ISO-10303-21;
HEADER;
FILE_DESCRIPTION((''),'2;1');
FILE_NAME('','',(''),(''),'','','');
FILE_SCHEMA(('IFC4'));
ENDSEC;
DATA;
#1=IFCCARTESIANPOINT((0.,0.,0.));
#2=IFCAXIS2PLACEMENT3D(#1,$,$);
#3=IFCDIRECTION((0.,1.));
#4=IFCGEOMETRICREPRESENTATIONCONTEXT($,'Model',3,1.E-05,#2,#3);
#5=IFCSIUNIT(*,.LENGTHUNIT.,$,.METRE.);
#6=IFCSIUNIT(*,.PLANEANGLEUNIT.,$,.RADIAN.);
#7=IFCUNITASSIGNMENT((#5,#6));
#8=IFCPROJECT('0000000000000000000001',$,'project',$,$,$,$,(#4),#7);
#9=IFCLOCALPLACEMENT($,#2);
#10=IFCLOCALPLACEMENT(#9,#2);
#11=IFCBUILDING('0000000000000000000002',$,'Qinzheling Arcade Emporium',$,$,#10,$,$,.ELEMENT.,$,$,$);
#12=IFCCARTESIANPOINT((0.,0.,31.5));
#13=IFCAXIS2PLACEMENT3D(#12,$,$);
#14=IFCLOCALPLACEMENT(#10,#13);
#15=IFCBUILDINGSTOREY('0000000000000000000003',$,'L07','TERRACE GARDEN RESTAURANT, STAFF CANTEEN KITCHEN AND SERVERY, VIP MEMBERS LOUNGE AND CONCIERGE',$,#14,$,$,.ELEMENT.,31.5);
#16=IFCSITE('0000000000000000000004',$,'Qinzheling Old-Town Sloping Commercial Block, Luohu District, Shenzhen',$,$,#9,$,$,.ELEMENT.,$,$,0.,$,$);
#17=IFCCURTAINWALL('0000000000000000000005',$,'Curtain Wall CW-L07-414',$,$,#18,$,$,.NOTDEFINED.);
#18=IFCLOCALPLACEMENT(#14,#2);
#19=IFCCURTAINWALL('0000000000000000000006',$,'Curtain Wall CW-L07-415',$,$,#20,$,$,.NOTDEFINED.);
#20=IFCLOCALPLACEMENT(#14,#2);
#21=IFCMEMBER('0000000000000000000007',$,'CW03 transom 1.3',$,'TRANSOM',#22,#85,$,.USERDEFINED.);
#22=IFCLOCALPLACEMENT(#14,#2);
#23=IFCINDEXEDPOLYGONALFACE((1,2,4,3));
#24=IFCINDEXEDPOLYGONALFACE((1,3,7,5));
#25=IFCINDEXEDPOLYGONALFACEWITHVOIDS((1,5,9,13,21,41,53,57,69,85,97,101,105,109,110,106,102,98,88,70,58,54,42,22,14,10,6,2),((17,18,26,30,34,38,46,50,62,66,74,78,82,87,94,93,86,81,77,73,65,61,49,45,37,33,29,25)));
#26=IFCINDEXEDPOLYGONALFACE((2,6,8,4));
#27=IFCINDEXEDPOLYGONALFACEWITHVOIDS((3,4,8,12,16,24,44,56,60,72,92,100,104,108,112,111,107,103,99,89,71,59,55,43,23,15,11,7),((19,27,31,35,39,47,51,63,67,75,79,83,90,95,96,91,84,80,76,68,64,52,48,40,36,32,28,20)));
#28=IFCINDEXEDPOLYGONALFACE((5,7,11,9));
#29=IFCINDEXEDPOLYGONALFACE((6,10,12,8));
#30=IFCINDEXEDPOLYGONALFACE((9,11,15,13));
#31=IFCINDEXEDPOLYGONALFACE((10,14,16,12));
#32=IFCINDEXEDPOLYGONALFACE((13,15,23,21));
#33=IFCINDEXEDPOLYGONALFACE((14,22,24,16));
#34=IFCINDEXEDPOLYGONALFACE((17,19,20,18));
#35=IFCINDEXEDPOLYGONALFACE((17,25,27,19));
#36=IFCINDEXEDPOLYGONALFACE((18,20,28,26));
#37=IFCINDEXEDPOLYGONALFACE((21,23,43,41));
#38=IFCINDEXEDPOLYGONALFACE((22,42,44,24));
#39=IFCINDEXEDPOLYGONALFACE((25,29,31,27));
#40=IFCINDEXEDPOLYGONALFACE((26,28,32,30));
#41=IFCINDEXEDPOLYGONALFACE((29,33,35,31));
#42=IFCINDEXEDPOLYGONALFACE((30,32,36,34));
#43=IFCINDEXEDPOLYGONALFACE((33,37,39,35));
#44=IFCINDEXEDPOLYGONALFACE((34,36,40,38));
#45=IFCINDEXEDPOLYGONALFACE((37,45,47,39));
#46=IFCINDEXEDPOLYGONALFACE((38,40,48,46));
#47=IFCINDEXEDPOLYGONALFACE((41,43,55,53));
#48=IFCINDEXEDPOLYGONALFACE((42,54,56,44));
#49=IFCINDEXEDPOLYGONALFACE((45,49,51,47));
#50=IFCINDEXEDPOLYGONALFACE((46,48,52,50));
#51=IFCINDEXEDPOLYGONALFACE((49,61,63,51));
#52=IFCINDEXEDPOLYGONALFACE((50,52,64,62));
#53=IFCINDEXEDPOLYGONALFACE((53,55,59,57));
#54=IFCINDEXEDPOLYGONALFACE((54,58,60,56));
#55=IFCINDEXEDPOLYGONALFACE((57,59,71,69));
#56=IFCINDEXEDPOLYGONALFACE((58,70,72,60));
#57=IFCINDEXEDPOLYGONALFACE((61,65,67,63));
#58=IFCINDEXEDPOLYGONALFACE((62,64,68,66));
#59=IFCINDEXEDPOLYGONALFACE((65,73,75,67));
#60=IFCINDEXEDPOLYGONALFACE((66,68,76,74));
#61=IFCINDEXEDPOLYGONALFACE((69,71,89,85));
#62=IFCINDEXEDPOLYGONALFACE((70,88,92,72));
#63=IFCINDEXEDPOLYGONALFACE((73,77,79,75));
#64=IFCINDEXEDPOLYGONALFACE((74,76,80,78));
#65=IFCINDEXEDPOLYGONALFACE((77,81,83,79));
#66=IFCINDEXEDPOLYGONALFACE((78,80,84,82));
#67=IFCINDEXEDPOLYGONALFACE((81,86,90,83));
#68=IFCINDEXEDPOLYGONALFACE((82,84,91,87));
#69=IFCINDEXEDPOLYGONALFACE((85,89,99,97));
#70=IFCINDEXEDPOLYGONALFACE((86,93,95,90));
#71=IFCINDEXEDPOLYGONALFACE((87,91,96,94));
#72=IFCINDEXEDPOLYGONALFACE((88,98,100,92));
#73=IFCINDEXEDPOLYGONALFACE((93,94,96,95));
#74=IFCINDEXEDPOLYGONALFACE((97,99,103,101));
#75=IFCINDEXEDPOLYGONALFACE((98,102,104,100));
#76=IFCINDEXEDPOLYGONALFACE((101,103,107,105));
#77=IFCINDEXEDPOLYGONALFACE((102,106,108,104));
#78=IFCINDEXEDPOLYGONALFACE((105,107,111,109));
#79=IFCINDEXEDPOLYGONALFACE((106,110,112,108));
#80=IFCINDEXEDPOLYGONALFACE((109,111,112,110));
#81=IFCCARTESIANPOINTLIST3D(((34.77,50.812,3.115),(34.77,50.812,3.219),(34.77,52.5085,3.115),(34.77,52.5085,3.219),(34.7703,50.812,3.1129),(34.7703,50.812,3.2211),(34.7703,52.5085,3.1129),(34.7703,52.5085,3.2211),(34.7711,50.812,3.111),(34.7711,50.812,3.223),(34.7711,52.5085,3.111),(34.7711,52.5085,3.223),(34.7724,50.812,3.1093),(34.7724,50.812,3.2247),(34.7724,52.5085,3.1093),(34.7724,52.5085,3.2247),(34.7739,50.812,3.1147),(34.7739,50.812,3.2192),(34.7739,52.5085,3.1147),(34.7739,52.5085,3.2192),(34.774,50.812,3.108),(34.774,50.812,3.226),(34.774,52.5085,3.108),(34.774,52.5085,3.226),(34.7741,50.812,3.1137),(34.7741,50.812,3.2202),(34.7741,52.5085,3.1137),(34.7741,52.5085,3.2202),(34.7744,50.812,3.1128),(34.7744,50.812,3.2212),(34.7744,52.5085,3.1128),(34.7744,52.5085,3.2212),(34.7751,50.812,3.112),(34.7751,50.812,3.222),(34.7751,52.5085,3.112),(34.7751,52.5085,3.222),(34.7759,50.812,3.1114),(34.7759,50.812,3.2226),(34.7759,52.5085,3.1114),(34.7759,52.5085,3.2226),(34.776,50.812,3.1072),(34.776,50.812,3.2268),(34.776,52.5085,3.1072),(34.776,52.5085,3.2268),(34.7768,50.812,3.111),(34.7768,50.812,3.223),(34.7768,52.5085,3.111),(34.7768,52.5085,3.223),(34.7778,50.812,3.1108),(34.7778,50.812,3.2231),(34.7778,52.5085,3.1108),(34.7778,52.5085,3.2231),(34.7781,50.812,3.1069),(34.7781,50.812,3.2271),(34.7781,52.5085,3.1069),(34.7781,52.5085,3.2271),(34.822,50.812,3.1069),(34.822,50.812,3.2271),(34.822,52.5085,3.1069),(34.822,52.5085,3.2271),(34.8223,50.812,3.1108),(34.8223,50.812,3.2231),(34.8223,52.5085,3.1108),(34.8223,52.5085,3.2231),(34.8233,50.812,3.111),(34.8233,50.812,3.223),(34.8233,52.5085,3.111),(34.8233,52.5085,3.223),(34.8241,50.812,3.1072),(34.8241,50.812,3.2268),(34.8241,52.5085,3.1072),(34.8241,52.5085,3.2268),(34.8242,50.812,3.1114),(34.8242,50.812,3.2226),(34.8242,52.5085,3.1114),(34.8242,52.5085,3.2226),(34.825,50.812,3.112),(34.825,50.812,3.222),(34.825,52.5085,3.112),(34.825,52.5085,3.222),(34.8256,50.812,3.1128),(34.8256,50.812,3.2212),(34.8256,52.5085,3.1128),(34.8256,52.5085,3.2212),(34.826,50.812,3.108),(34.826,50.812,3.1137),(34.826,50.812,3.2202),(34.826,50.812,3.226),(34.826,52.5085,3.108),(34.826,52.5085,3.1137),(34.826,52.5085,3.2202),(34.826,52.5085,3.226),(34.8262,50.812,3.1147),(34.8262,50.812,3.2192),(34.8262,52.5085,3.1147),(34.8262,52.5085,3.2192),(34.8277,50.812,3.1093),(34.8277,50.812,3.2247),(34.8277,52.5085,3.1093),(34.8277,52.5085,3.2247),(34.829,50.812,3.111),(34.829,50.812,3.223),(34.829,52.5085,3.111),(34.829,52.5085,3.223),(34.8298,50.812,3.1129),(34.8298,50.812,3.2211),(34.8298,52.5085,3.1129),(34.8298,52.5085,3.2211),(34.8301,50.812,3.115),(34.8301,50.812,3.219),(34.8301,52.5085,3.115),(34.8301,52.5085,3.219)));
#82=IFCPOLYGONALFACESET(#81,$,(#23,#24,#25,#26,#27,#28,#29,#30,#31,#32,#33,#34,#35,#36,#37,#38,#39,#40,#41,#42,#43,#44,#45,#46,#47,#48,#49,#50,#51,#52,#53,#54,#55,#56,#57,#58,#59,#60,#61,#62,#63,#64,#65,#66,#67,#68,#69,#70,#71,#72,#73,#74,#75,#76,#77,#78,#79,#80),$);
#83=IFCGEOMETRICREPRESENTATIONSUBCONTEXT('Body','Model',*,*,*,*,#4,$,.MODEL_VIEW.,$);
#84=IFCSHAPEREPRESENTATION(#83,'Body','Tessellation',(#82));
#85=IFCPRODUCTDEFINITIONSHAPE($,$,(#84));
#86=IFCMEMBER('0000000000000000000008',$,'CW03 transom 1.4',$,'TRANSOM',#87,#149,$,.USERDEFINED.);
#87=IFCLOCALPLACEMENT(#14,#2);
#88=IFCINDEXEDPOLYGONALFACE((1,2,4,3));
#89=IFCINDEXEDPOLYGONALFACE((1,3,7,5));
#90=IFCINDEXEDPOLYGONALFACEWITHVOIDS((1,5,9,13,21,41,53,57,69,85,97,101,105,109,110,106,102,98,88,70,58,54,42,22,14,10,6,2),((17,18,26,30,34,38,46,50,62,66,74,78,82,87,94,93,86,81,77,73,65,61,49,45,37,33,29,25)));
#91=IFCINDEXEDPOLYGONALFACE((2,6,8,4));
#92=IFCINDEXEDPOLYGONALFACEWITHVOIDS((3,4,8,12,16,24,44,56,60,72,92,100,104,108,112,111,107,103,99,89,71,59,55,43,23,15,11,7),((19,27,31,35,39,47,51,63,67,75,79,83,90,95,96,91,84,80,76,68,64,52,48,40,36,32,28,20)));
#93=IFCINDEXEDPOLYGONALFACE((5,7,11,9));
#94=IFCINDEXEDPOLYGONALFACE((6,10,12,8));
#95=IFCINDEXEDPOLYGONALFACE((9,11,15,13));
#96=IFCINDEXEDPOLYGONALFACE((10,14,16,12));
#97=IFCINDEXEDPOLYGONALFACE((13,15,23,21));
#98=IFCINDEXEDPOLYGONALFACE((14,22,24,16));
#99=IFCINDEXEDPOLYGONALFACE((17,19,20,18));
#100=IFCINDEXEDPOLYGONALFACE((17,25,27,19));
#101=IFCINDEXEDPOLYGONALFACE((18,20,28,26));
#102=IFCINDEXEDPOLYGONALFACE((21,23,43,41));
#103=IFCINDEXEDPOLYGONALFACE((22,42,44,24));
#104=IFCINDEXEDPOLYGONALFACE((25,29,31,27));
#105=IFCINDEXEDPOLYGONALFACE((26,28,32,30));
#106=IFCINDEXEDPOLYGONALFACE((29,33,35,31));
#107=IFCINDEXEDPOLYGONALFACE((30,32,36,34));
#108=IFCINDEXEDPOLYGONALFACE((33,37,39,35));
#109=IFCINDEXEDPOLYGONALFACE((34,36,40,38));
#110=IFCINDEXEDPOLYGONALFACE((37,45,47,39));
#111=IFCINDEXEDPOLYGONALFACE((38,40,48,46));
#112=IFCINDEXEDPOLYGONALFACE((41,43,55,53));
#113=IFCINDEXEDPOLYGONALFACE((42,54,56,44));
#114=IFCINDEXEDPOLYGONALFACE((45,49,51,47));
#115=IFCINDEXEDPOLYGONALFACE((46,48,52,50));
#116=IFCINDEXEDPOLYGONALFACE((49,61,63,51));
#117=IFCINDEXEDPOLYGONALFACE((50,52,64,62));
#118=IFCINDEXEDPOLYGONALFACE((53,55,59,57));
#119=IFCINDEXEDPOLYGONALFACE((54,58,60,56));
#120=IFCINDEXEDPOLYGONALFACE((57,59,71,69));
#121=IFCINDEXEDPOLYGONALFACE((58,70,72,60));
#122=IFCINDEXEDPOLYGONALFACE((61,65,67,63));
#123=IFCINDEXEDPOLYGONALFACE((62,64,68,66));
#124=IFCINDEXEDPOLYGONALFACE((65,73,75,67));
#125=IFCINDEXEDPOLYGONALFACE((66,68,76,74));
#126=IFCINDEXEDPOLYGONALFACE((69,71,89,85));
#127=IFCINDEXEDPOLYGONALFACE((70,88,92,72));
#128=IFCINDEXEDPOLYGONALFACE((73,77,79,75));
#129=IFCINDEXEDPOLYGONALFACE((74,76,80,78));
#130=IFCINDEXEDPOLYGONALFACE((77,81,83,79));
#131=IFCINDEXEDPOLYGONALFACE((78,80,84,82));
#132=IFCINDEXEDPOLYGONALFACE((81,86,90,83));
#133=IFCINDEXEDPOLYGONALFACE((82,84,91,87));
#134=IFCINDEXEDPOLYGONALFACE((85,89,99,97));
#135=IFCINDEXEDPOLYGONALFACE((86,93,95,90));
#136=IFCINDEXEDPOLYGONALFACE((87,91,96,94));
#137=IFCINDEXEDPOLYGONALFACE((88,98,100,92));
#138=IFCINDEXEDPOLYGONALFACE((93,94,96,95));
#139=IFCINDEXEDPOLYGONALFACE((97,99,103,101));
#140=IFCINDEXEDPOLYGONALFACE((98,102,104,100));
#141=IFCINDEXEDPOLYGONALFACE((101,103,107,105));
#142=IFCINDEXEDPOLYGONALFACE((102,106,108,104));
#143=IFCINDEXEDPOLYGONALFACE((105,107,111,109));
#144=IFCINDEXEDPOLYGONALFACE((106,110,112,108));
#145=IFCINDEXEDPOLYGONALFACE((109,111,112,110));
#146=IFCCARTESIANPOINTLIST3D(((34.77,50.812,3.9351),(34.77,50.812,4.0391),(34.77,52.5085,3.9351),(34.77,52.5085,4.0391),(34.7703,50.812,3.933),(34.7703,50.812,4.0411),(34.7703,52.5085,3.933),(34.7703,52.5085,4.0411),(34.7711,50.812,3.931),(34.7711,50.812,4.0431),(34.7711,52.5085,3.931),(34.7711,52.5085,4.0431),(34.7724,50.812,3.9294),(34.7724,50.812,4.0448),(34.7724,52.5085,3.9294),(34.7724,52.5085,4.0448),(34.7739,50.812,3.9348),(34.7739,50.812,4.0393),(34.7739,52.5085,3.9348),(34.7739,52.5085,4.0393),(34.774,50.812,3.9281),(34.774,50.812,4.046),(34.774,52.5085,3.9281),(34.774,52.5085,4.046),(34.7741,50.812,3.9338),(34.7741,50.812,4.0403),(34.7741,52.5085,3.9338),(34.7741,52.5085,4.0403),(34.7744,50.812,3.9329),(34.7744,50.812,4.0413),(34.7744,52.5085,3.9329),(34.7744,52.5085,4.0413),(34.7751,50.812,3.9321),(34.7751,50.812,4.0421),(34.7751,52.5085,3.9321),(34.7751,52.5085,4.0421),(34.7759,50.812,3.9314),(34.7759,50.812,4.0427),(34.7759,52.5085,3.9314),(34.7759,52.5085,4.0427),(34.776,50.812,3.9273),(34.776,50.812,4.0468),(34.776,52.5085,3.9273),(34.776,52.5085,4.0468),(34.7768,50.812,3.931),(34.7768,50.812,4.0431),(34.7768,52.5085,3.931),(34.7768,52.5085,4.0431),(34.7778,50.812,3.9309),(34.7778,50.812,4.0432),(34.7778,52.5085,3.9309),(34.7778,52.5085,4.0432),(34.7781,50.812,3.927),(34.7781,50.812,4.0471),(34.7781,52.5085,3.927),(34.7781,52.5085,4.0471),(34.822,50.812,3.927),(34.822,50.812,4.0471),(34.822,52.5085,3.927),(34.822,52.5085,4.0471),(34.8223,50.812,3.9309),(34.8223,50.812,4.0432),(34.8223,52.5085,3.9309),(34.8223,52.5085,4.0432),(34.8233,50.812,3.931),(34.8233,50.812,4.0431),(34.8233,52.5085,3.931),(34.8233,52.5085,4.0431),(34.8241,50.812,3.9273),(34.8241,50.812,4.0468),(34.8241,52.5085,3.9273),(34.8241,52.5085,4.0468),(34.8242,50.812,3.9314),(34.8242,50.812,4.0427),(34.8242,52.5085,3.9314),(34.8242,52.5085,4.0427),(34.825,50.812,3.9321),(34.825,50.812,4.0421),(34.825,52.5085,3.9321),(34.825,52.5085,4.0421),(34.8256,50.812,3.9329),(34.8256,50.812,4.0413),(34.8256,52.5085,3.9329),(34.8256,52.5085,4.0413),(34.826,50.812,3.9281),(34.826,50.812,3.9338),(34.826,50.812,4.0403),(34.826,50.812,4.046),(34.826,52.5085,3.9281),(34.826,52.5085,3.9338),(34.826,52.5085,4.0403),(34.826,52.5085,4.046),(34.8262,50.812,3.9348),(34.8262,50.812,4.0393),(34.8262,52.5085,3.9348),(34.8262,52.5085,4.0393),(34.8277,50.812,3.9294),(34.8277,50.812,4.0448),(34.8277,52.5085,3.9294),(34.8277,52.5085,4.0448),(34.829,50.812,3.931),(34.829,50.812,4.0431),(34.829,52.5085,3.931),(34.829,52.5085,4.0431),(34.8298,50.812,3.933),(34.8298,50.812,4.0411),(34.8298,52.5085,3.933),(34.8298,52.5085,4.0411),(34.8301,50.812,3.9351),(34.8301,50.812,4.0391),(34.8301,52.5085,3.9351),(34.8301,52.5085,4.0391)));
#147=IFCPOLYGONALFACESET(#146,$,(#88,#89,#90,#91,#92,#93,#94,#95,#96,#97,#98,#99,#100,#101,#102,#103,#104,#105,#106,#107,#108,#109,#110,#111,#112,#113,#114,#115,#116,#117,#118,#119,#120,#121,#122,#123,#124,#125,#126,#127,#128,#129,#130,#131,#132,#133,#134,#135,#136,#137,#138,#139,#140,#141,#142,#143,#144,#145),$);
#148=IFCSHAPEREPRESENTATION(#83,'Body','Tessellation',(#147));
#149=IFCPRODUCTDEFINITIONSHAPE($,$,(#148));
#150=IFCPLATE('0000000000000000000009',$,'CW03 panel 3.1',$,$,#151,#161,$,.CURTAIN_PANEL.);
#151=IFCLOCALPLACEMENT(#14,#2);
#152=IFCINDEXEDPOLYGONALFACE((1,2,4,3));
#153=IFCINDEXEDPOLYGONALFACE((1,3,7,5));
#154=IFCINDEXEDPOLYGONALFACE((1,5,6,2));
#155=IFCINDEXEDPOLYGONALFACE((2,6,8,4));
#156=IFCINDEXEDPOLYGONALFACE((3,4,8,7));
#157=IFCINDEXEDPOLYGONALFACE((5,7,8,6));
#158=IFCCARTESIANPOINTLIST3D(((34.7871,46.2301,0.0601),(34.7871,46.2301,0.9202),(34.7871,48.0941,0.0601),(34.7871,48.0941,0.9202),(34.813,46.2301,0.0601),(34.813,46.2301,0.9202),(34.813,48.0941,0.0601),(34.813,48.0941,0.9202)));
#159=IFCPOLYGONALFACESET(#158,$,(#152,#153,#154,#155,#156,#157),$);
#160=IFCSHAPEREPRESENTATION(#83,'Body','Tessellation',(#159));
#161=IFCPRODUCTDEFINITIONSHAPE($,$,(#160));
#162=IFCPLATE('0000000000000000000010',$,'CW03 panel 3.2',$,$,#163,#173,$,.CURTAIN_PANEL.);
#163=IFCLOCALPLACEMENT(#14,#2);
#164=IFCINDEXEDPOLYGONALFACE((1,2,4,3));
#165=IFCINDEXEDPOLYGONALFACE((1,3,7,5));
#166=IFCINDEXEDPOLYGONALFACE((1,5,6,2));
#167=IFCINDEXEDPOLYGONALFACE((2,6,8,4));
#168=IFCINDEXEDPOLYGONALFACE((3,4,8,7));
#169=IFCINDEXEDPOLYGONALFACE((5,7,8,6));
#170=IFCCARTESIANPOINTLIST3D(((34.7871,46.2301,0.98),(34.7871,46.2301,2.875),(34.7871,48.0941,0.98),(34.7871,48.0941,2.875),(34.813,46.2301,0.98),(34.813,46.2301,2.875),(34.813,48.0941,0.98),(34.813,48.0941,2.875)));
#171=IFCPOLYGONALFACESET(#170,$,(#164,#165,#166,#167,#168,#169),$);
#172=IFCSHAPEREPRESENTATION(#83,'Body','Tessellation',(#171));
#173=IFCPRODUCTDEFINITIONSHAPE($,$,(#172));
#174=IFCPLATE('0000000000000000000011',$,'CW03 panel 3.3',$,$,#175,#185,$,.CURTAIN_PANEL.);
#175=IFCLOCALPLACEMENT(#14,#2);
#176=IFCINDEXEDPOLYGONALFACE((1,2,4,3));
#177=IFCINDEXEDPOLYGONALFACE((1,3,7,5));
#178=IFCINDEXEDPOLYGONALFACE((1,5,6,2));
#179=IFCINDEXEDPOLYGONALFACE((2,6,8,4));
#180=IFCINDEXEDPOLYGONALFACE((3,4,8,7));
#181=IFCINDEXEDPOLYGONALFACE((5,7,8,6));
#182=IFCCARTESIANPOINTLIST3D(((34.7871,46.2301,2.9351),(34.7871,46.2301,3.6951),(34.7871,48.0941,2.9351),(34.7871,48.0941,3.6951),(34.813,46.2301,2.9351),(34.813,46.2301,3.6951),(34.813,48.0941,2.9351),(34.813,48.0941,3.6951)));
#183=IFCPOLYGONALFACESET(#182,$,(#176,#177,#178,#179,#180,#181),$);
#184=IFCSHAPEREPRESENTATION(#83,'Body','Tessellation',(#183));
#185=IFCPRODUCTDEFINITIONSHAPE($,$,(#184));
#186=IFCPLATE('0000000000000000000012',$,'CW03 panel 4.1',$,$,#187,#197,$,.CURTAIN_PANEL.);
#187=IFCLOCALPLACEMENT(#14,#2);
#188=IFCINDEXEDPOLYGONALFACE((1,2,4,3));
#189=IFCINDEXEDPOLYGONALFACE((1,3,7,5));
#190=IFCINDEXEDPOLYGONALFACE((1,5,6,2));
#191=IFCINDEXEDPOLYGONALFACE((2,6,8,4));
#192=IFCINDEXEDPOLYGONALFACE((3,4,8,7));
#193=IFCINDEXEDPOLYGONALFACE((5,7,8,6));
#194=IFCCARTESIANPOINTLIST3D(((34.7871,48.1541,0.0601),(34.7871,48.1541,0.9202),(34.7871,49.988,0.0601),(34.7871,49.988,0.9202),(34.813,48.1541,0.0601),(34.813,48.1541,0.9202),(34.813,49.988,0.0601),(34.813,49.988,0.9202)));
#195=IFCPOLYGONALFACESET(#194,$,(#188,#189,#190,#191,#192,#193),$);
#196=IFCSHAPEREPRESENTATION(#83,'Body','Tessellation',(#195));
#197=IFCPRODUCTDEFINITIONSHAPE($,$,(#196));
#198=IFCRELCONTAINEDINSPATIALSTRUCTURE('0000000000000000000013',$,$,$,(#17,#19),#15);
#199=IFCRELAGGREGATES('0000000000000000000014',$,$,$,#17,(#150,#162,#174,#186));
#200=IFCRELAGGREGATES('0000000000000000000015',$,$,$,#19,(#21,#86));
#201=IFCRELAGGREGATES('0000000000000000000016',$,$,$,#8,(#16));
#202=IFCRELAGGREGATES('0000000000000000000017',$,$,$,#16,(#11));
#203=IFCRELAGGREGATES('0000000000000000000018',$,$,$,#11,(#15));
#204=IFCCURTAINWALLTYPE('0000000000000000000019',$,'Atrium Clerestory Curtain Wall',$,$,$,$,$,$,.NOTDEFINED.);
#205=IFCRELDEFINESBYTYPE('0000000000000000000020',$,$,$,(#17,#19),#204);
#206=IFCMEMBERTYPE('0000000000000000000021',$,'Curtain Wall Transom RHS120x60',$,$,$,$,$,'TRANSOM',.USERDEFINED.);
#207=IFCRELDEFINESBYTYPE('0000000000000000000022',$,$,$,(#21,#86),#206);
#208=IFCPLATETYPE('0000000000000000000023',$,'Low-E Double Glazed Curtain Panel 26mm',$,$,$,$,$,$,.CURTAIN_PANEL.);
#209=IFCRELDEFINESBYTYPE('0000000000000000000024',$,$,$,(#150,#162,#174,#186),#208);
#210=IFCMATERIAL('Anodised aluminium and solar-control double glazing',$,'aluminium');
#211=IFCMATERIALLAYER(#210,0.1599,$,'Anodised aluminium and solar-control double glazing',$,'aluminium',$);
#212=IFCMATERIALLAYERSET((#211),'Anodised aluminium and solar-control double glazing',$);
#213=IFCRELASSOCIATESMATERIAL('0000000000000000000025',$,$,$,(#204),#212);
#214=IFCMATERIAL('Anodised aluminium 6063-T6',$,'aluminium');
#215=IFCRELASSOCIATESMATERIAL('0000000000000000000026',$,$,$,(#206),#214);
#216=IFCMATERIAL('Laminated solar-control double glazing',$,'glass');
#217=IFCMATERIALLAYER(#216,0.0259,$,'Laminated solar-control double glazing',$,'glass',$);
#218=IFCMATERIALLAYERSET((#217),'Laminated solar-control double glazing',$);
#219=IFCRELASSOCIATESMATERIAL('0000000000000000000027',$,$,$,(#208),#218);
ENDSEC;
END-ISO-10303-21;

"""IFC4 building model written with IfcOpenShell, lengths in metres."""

from ifc_helpers import new_model, si_unit, direction, frame, origin, origin_2d, place, context, subcontext, project, spatial, rectangle, hollow_rectangle, extrude, material, layer, layer_set, material_profile, profile_set, type_object, element, aggregate, save


model = new_model("IFC4")

# Units and contexts
model_context = context("Model", 3, precision=1e-05, world=origin(), true_north=direction((0.0, 1.0)))
body_context = subcontext(model_context, "Body", "Model", "MODEL_VIEW")
ifc_project = project(units=[si_unit("LENGTHUNIT", "METRE"), si_unit("PLANEANGLEUNIT", "RADIAN")], contexts=[model_context])

# Site, building, storey
site_placement = place(None, origin())
site = spatial("IfcSite", under=ifc_project, at=site_placement, Name="Qinzheling Old-Town Sloping Commercial Block, Luohu District, Shenzhen", CompositionType="ELEMENT", RefElevation=0.0)
building_placement = place(site_placement, origin())
building = spatial("IfcBuilding", under=site, at=building_placement, Name="Qinzheling Arcade Emporium", CompositionType="ELEMENT")
storey_placement = place(building_placement, frame((0.0, 0.0, 31.5)))
storey = spatial("IfcBuildingStorey", under=building, at=storey_placement, Name="L07", Description="TERRACE GARDEN RESTAURANT, STAFF CANTEEN KITCHEN AND SERVERY, VIP MEMBERS LOUNGE AND CONCIERGE", CompositionType="ELEMENT", Elevation=31.5)

# Curtain wall
ifc_material_1 = material(Name="Anodised aluminium and solar-control double glazing", Category="aluminium")
ifc_layer_1 = layer(ifc_material_1, 0.1599, Name="Anodised aluminium and solar-control double glazing", Category="aluminium")
ifc_layer_set_1 = layer_set([ifc_layer_1], Name="Anodised aluminium and solar-control double glazing")
curtain_wall_type = type_object("IfcCurtainWallType", Name="Atrium Clerestory Curtain Wall", PredefinedType="NOTDEFINED", material=ifc_layer_set_1)
curtain_wall_1_placement = place(storey_placement, origin())
curtain_wall_1 = element("IfcCurtainWall", 1, at=curtain_wall_1_placement, inside=storey, type_object=curtain_wall_type, Name="Curtain Wall CW-L07-414", PredefinedType="NOTDEFINED")
ifc_material_2 = material(Name="Anodised aluminium 6063-T6", Category="aluminium")

# Curtain wall
curtain_wall_2_placement = place(storey_placement, origin())
curtain_wall_2 = element("IfcCurtainWall", 2, at=curtain_wall_2_placement, inside=storey, type_object=curtain_wall_type, Name="Curtain Wall CW-L07-415", PredefinedType="NOTDEFINED")

# Members
ifc_material_profile_1 = material_profile(ifc_material_2, hollow_rectangle(XDim=0.0601, YDim=0.1201, WallThickness=0.0039, InnerFilletRadius=0.0039, OuterFilletRadius=0.0081, at=origin_2d()), Name="RHS 120x60x4", Category="aluminium")
ifc_profile_set_1 = profile_set([ifc_material_profile_1], Name="Anodised aluminium 6063-T6")
member_type_1 = type_object("IfcMemberType", Name="Curtain Wall Transom RHS120x60", ElementType="TRANSOM", PredefinedType="USERDEFINED", material=ifc_profile_set_1)
member_1_placement = place(storey_placement, frame((34.8, 50.812, 3.167), z_axis=(0.0, 1.0, 0.0), x_axis=(-1.0, 0.0, 0.0)))
member_1 = element("IfcMember", 3, at=member_1_placement, type_object=member_type_1, Name="CW03 transom 1.3", ObjectType="TRANSOM", PredefinedType="USERDEFINED", context=body_context, shape_type="SweptSolid", body=[
    extrude(hollow_rectangle(XDim=0.0601, YDim=0.1201, WallThickness=0.0039, InnerFilletRadius=0.0039, OuterFilletRadius=0.0081, at=origin_2d()), origin(), (0.0, 0.0, 1.0), 1.6965),
])
member_2_placement = place(storey_placement, frame((34.8, 50.812, 3.9871), z_axis=(0.0, 1.0, 0.0), x_axis=(-1.0, 0.0, 0.0)))
member_2 = element("IfcMember", 4, at=member_2_placement, type_object=member_type_1, Name="CW03 transom 1.4", ObjectType="TRANSOM", PredefinedType="USERDEFINED", context=body_context, shape_type="SweptSolid", body=[
    extrude(hollow_rectangle(XDim=0.0601, YDim=0.1201, WallThickness=0.0039, InnerFilletRadius=0.0039, OuterFilletRadius=0.0081, at=origin_2d()), origin(), (0.0, 0.0, 1.0), 1.6965),
])

# Plates
ifc_material_3 = material(Name="Laminated solar-control double glazing", Category="glass")
ifc_layer_2 = layer(ifc_material_3, 0.0259, Name="Laminated solar-control double glazing", Category="glass")
ifc_layer_set_2 = layer_set([ifc_layer_2], Name="Laminated solar-control double glazing")
plate_type_1 = type_object("IfcPlateType", Name="Low-E Double Glazed Curtain Panel 26mm", PredefinedType="CURTAIN_PANEL", material=ifc_layer_set_2)
plate_1_placement = place(storey_placement, frame((34.8, 47.1621, 0.0601), z_axis=(0.0, 0.0, 1.0), x_axis=(0.0, 1.0, 0.0)))
plate_1 = element("IfcPlate", 5, at=plate_1_placement, type_object=plate_type_1, Name="CW03 panel 3.1", PredefinedType="CURTAIN_PANEL", context=body_context, shape_type="SweptSolid", body=[
    extrude(rectangle(XDim=1.864, YDim=0.0259, at=origin_2d()), origin(), (0.0, 0.0, 1.0), 0.8601),
])
plate_2_placement = place(storey_placement, frame((34.8, 47.1621, 0.98), z_axis=(0.0, 0.0, 1.0), x_axis=(0.0, 1.0, 0.0)))
plate_2 = element("IfcPlate", 6, at=plate_2_placement, type_object=plate_type_1, Name="CW03 panel 3.2", PredefinedType="CURTAIN_PANEL", context=body_context, shape_type="SweptSolid", body=[
    extrude(rectangle(XDim=1.864, YDim=0.0259, at=origin_2d()), origin(), (0.0, 0.0, 1.0), 1.895),
])
plate_3_placement = place(storey_placement, frame((34.8, 47.1621, 2.9351), z_axis=(0.0, 0.0, 1.0), x_axis=(0.0, 1.0, 0.0)))
plate_3 = element("IfcPlate", 7, at=plate_3_placement, type_object=plate_type_1, Name="CW03 panel 3.3", PredefinedType="CURTAIN_PANEL", context=body_context, shape_type="SweptSolid", body=[
    extrude(rectangle(XDim=1.864, YDim=0.0259, at=origin_2d()), origin(), (0.0, 0.0, 1.0), 0.76),
])
plate_4_placement = place(storey_placement, frame((34.8, 49.071, 0.0601), z_axis=(0.0, 0.0, 1.0), x_axis=(0.0, 1.0, 0.0)))
plate_4 = element("IfcPlate", 8, at=plate_4_placement, type_object=plate_type_1, Name="CW03 panel 4.1", PredefinedType="CURTAIN_PANEL", context=body_context, shape_type="SweptSolid", body=[
    extrude(rectangle(XDim=1.834, YDim=0.0259, at=origin_2d()), origin(), (0.0, 0.0, 1.0), 0.8601),
])
aggregate(curtain_wall_1, [plate_1, plate_2, plate_3, plate_4])
aggregate(curtain_wall_2, [member_1, member_2])

save(model, "model.ifc")
